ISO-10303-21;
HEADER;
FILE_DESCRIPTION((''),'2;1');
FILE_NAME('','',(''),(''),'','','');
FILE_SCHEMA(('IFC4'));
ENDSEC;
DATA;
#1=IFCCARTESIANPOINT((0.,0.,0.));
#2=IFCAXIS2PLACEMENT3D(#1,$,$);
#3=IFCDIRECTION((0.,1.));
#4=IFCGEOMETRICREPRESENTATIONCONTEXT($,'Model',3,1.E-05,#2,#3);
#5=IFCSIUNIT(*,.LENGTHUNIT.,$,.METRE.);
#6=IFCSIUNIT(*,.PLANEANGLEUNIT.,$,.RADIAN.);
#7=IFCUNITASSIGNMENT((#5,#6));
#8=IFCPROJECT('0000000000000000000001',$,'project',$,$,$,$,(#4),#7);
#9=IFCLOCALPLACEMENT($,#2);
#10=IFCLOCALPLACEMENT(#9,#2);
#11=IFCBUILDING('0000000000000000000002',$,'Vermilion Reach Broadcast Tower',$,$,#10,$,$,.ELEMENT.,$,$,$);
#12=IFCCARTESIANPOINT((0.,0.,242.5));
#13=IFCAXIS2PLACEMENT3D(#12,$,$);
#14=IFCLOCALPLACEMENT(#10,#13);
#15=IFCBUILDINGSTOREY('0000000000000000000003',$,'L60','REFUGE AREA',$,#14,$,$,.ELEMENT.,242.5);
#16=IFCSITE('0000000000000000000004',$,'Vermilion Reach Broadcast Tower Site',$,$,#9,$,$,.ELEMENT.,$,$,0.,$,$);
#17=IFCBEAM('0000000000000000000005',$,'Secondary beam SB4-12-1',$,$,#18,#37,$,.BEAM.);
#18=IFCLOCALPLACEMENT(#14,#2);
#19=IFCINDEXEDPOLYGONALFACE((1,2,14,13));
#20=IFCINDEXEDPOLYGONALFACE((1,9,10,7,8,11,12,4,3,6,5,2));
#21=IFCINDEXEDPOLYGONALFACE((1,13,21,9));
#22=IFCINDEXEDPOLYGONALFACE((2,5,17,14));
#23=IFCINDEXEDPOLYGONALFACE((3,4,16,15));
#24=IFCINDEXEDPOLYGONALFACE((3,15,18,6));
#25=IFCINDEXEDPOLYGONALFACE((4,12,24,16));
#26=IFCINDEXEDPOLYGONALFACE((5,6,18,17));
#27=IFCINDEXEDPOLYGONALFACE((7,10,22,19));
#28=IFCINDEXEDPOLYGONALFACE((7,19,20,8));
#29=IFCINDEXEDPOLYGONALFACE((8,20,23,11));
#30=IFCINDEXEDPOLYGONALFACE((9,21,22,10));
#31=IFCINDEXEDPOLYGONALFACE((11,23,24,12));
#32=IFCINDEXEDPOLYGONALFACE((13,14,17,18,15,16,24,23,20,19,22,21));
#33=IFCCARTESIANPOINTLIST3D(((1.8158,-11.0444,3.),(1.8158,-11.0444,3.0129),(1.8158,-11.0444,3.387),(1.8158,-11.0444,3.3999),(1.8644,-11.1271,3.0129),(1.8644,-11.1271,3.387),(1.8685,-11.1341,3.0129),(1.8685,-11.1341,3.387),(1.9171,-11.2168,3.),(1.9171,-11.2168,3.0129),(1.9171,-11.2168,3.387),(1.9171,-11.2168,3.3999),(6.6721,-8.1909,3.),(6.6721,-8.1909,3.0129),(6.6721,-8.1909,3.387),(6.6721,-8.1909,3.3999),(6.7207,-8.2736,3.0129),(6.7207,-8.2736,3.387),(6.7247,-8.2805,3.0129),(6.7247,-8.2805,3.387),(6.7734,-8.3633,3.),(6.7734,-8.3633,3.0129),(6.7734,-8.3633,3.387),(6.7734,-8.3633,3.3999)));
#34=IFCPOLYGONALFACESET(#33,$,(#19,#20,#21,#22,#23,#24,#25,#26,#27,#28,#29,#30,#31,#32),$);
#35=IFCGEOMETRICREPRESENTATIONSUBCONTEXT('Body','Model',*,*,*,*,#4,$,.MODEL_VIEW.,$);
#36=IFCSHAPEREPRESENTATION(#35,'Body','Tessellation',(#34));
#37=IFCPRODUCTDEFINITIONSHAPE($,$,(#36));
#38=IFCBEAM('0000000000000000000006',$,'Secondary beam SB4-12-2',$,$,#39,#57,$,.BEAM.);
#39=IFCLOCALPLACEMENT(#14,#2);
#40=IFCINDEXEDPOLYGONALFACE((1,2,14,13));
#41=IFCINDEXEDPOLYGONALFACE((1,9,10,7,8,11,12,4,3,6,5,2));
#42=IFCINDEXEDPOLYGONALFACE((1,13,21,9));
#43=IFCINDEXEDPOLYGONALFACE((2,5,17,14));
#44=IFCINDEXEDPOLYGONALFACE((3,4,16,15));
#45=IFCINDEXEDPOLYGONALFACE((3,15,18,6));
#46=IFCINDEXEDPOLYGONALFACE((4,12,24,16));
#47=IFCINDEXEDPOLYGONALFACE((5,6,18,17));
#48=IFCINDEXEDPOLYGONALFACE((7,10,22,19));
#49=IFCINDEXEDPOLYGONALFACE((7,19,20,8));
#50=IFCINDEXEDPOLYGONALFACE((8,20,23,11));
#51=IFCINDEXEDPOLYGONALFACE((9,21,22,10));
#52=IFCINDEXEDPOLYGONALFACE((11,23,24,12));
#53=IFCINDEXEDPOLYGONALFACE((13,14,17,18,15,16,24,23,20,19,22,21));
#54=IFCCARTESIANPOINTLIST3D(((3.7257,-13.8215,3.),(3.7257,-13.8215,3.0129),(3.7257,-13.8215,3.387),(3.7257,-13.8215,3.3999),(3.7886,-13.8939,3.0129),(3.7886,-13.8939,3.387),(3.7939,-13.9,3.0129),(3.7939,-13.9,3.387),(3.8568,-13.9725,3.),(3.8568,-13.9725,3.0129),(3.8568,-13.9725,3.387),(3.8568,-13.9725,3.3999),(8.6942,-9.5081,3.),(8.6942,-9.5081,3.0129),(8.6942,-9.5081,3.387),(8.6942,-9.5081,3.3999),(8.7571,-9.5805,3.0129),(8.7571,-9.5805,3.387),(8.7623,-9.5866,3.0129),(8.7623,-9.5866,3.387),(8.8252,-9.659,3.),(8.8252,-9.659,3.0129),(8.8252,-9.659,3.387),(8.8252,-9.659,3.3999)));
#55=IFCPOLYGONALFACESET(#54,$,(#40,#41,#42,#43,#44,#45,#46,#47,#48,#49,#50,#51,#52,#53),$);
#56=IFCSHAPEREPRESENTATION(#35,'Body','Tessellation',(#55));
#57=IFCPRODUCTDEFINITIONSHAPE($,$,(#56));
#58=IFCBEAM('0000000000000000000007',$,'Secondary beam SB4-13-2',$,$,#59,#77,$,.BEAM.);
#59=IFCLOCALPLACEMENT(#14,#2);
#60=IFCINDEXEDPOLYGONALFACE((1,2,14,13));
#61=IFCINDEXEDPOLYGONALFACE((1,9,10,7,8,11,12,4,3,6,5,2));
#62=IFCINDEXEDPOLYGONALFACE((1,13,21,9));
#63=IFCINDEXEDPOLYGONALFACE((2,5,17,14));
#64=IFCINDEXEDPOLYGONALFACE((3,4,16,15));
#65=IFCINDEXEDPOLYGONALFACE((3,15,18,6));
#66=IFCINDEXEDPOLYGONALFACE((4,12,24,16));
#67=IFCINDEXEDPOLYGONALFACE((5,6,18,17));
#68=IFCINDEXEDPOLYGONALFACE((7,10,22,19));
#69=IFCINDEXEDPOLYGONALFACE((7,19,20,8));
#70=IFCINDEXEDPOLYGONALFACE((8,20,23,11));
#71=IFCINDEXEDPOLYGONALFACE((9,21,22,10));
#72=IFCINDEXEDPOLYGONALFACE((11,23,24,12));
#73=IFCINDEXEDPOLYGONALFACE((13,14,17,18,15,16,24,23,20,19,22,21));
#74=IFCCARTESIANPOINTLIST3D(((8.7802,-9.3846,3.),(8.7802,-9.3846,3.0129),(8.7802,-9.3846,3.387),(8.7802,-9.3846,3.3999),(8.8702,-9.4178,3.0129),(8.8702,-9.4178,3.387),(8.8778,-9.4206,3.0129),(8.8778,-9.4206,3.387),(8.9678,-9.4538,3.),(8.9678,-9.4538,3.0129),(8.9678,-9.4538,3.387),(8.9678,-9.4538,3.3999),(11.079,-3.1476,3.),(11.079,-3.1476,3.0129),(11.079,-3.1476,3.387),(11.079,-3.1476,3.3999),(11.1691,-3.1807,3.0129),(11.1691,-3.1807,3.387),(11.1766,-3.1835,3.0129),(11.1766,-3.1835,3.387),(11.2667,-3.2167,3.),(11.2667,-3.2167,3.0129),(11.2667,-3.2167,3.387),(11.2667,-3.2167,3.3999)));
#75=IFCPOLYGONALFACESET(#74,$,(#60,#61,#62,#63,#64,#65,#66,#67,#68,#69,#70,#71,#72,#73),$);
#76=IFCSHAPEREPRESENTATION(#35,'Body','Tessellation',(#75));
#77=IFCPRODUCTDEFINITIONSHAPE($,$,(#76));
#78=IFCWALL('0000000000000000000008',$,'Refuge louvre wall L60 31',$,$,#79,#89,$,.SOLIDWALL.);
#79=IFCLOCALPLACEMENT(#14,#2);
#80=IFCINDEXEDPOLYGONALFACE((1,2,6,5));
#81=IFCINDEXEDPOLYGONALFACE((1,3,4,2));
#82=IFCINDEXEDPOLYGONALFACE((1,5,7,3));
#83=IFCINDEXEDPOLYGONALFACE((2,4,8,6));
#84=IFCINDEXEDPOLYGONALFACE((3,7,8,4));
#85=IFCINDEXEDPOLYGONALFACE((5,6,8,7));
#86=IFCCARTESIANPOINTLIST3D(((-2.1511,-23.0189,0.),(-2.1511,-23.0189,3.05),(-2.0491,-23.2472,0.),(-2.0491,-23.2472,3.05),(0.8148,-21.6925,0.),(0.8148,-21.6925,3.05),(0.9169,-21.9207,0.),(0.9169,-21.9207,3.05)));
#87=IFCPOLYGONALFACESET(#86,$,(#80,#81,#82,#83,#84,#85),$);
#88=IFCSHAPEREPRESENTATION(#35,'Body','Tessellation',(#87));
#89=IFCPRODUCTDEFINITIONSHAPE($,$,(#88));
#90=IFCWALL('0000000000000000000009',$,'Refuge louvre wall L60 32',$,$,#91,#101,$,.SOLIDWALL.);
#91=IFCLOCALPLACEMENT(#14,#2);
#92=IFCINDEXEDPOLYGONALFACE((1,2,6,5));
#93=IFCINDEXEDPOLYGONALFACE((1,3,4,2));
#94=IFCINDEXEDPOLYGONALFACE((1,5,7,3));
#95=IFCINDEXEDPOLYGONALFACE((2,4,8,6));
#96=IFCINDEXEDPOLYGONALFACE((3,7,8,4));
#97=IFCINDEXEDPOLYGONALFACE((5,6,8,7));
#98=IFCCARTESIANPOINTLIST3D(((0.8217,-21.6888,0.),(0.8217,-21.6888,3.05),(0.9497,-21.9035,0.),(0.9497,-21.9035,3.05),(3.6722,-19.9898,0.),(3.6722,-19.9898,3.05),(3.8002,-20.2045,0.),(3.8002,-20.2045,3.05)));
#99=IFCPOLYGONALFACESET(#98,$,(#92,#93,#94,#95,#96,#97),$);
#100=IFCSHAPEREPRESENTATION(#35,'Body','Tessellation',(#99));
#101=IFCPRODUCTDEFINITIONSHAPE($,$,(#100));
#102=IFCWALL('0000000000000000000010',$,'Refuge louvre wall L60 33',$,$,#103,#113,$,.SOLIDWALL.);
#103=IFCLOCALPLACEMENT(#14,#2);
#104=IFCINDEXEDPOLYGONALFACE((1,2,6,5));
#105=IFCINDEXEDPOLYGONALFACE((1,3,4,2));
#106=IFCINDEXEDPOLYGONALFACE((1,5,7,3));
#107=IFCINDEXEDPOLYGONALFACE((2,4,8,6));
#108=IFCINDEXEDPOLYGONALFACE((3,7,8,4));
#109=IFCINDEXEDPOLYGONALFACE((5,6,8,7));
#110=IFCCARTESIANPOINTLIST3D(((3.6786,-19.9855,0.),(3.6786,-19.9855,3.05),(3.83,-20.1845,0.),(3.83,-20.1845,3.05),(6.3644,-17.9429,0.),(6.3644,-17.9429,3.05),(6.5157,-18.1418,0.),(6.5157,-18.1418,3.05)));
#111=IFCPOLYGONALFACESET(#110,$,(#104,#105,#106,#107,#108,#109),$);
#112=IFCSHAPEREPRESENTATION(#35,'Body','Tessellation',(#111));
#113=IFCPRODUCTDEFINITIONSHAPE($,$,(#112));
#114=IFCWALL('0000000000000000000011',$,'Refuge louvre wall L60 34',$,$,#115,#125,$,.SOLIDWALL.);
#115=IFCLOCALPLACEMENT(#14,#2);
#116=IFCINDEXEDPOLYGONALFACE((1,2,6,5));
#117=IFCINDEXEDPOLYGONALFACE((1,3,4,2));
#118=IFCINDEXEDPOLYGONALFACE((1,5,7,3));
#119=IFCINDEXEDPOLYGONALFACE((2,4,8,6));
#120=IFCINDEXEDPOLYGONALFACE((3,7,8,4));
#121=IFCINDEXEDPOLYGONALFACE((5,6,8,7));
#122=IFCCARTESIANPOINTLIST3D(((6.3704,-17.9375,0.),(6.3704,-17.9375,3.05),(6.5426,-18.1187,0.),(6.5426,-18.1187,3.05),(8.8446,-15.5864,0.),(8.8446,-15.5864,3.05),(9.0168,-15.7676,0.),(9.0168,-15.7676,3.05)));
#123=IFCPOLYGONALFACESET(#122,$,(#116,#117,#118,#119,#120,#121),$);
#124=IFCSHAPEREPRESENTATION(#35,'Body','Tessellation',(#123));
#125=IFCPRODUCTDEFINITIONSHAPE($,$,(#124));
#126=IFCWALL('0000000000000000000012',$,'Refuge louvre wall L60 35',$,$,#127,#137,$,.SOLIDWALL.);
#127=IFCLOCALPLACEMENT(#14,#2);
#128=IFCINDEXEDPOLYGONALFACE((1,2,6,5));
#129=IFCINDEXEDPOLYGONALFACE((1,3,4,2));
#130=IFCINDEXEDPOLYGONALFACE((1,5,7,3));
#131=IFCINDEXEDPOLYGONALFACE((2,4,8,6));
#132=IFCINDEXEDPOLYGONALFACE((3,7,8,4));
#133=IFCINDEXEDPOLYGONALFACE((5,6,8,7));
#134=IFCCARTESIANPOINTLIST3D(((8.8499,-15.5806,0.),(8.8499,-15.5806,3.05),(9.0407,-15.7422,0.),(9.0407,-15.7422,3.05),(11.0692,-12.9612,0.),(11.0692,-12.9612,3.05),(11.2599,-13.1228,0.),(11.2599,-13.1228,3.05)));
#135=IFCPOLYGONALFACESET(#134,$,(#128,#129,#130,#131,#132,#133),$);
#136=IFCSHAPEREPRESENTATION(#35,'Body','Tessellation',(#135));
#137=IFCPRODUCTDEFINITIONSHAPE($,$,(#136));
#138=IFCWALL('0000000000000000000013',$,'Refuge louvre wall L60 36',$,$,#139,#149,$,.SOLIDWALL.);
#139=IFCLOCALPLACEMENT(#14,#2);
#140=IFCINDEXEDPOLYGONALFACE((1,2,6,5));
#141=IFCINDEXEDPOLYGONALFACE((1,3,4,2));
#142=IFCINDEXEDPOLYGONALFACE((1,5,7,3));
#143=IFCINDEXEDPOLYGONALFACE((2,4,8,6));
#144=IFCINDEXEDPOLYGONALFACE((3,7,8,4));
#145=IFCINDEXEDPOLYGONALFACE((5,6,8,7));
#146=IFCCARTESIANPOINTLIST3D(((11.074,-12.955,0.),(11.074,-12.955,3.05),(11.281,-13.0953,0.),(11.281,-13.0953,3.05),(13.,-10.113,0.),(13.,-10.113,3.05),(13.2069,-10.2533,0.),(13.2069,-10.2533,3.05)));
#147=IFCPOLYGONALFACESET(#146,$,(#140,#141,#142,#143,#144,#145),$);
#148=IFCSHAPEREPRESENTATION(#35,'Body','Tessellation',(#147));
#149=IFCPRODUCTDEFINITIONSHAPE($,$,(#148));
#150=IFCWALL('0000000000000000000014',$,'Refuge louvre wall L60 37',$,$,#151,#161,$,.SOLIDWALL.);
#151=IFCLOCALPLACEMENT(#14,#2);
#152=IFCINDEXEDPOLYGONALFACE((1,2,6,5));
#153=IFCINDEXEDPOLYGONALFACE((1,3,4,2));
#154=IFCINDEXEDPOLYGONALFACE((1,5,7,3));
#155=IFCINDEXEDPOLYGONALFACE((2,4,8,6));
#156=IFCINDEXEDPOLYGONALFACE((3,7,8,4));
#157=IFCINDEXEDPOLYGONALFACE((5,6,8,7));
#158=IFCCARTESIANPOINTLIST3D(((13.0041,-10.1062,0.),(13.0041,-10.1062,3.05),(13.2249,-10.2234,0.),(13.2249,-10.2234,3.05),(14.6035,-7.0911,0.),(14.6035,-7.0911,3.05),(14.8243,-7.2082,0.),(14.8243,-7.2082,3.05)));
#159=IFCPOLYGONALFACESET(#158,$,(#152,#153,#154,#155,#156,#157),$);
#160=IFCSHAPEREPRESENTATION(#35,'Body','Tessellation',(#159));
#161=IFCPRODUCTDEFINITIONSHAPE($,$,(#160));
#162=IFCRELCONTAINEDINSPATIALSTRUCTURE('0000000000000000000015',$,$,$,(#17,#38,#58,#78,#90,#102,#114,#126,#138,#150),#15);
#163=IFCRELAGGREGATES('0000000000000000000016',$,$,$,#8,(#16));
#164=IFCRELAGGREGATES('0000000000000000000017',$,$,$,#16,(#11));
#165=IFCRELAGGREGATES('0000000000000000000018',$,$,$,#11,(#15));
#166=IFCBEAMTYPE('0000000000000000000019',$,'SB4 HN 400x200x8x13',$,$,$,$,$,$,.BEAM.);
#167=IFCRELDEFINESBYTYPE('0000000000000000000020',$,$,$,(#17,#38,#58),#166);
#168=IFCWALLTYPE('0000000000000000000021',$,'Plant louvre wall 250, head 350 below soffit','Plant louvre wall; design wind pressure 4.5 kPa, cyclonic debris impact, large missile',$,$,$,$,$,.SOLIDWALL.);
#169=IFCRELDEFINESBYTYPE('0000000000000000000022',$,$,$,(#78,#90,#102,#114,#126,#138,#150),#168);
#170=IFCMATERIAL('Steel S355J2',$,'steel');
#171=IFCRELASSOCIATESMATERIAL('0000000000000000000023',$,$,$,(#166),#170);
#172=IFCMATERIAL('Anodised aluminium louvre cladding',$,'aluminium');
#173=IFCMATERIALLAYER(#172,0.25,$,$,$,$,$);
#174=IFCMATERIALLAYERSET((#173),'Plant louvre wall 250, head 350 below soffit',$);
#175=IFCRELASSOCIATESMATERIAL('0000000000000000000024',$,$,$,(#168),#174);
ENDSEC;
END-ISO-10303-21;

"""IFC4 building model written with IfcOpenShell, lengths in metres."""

from ifc_helpers import new_model, si_unit, direction, frame, frame_2d, origin, origin_2d, place, context, subcontext, project, spatial, rectangle, i_section, extrude, material, layer, layer_set, material_profile, profile_set, type_object, element, save


model = new_model("IFC4")

# Units and contexts
model_context = context("Model", 3, precision=1e-05, world=origin(), true_north=direction((0.0, 1.0)))
body_context = subcontext(model_context, "Body", "Model", "MODEL_VIEW")
ifc_project = project(units=[si_unit("LENGTHUNIT", "METRE"), si_unit("PLANEANGLEUNIT", "RADIAN")], contexts=[model_context])

# Site, building, storey
site_placement = place(None, origin())
site = spatial("IfcSite", under=ifc_project, at=site_placement, Name="Vermilion Reach Broadcast Tower Site", CompositionType="ELEMENT", RefElevation=0.0)
building_placement = place(site_placement, origin())
building = spatial("IfcBuilding", under=site, at=building_placement, Name="Vermilion Reach Broadcast Tower", CompositionType="ELEMENT")
storey_placement = place(building_placement, frame((0.0, 0.0, 242.5)))
storey = spatial("IfcBuildingStorey", under=building, at=storey_placement, Name="L60", Description="REFUGE AREA", CompositionType="ELEMENT", Elevation=242.5)

# Beams
ifc_material_1 = material(Name="Steel S355J2", Category="steel")
ifc_material_profile_1 = material_profile(ifc_material_1, i_section(OverallWidth=0.2, OverallDepth=0.3999, WebThickness=0.0081, FlangeThickness=0.0129, at=origin_2d()), Name="S355J2 HN 400x200x8x13")
ifc_profile_set_1 = profile_set([ifc_material_profile_1], Name="Steel S355J2")
beam_type_1 = type_object("IfcBeamType", Name="SB4 HN 400x200x8x13", PredefinedType="BEAM", material=ifc_profile_set_1)
beam_1_placement = place(storey_placement, frame((1.8665, -11.1306, 3.2), z_axis=(0.862173, 0.506615, 0.0), x_axis=(-0.506615, 0.862173, 0.0)))
element("IfcBeam", 1, at=beam_1_placement, inside=storey, type_object=beam_type_1, Name="Secondary beam SB4-12-1", PredefinedType="BEAM", context=body_context, shape_type="SweptSolid", body=[
    extrude(i_section(OverallWidth=0.2, OverallDepth=0.3999, WebThickness=0.0081, FlangeThickness=0.0129, at=origin_2d()), origin(), (0.0, 0.0, 1.0), 5.6326),
])
beam_2_placement = place(storey_placement, frame((3.7913, -13.897, 3.2), z_axis=(0.755129, 0.655576, 0.0), x_axis=(-0.655576, 0.755129, 0.0)))
element("IfcBeam", 2, at=beam_2_placement, inside=storey, type_object=beam_type_1, Name="Secondary beam SB4-12-2", PredefinedType="BEAM", context=body_context, shape_type="SweptSolid", body=[
    extrude(i_section(OverallWidth=0.2, OverallDepth=0.3999, WebThickness=0.0081, FlangeThickness=0.0129, at=origin_2d()), origin(), (0.0, 0.0, 1.0), 6.5796),
])
beam_3_placement = place(storey_placement, frame((8.874, -9.4192, 3.2), z_axis=(0.345833, 0.938296, 0.0), x_axis=(-0.938296, 0.345833, 0.0)))
element("IfcBeam", 3, at=beam_3_placement, inside=storey, type_object=beam_type_1, Name="Secondary beam SB4-13-2", PredefinedType="BEAM", context=body_context, shape_type="SweptSolid", body=[
    extrude(i_section(OverallWidth=0.2, OverallDepth=0.3999, WebThickness=0.0081, FlangeThickness=0.0129, at=origin_2d()), origin(), (0.0, 0.0, 1.0), 6.6472),
])

# Walls
ifc_material_2 = material(Name="Anodised aluminium louvre cladding", Category="aluminium")
ifc_layer = layer(ifc_material_2, 0.25)
ifc_layer_set = layer_set([ifc_layer], Name="Plant louvre wall 250, head 350 below soffit")
wall_type = type_object("IfcWallType", Name="Plant louvre wall 250, head 350 below soffit", Description="Plant louvre wall; design wind pressure 4.5 kPa, cyclonic debris impact, large missile", PredefinedType="SOLIDWALL", material=ifc_layer_set)
wall_1_placement = place(storey_placement, frame((-2.1001, -23.1331, 0.0), z_axis=(0.0, 0.0, 1.0), x_axis=(0.912864, 0.408264, 0.0)))
element("IfcWall", 4, at=wall_1_placement, inside=storey, type_object=wall_type, Name="Refuge louvre wall L60 31", PredefinedType="SOLIDWALL", context=body_context, shape_type="SweptSolid", body=[
    extrude(rectangle(XDim=3.249, YDim=0.25, at=frame_2d((1.6245, 0.0))), origin(), (0.0, 0.0, 1.0), 3.05),
])
wall_2_placement = place(storey_placement, frame((0.8857, -21.7961, 0.0), z_axis=(0.0, 0.0, 1.0), x_axis=(0.858982, 0.512005, 0.0)))
element("IfcWall", 5, at=wall_2_placement, inside=storey, type_object=wall_type, Name="Refuge louvre wall L60 32", PredefinedType="SOLIDWALL", context=body_context, shape_type="SweptSolid", body=[
    extrude(rectangle(XDim=3.3184, YDim=0.25, at=frame_2d((1.6592, 0.0))), origin(), (0.0, 0.0, 1.0), 3.05),
])
wall_3_placement = place(storey_placement, frame((3.7544, -20.085, 0.0), z_axis=(0.0, 0.0, 1.0), x_axis=(0.795945, 0.605369, 0.0)))
element("IfcWall", 6, at=wall_3_placement, inside=storey, type_object=wall_type, Name="Refuge louvre wall L60 33", PredefinedType="SOLIDWALL", context=body_context, shape_type="SweptSolid", body=[
    extrude(rectangle(XDim=3.3743, YDim=0.25, at=frame_2d((1.687, 0.0))), origin(), (0.0, 0.0, 1.0), 3.05),
])
wall_4_placement = place(storey_placement, frame((6.4565, -18.0281, 0.0), z_axis=(0.0, 0.0, 1.0), x_axis=(0.724903, 0.688851, 0.0)))
element("IfcWall", 7, at=wall_4_placement, inside=storey, type_object=wall_type, Name="Refuge louvre wall L60 34", PredefinedType="SOLIDWALL", context=body_context, shape_type="SweptSolid", body=[
    extrude(rectangle(XDim=3.4131, YDim=0.25, at=frame_2d((1.7065, 0.0))), origin(), (0.0, 0.0, 1.0), 3.05),
])
for number, where, z_axis, x_axis, name in (
    (8, (8.9453, -15.6614, 0.0), (0.0, 0.0, 1.0), (0.646423, 0.762979, 0.0), "Refuge louvre wall L60 35"),
    (9, (11.1775, -13.0251, 0.0), (0.0, 0.0, 1.0), (0.561002, 0.827814, 0.0), "Refuge louvre wall L60 36"),
):
    element("IfcWall", number, at=place(storey_placement, frame(where, z_axis=z_axis, x_axis=x_axis)), inside=storey, type_object=wall_type, Name=name, PredefinedType="SOLIDWALL", context=body_context, shape_type="SweptSolid", body=[
        extrude(rectangle(XDim=3.4331, YDim=0.25, at=frame_2d((1.7166, 0.0))), origin(), (0.0, 0.0, 1.0), 3.05),
    ])
wall_5_placement = place(storey_placement, frame((13.1145, -10.1648, 0.0), z_axis=(0.0, 0.0, 1.0), x_axis=(0.468601, 0.88341, 0.0)))
element("IfcWall", 10, at=wall_5_placement, inside=storey, type_object=wall_type, Name="Refuge louvre wall L60 37", PredefinedType="SOLIDWALL", context=body_context, shape_type="SweptSolid", body=[
    extrude(rectangle(XDim=3.4131, YDim=0.25, at=frame_2d((1.7065, 0.0))), origin(), (0.0, 0.0, 1.0), 3.05),
])

save(model, "model.ifc")
